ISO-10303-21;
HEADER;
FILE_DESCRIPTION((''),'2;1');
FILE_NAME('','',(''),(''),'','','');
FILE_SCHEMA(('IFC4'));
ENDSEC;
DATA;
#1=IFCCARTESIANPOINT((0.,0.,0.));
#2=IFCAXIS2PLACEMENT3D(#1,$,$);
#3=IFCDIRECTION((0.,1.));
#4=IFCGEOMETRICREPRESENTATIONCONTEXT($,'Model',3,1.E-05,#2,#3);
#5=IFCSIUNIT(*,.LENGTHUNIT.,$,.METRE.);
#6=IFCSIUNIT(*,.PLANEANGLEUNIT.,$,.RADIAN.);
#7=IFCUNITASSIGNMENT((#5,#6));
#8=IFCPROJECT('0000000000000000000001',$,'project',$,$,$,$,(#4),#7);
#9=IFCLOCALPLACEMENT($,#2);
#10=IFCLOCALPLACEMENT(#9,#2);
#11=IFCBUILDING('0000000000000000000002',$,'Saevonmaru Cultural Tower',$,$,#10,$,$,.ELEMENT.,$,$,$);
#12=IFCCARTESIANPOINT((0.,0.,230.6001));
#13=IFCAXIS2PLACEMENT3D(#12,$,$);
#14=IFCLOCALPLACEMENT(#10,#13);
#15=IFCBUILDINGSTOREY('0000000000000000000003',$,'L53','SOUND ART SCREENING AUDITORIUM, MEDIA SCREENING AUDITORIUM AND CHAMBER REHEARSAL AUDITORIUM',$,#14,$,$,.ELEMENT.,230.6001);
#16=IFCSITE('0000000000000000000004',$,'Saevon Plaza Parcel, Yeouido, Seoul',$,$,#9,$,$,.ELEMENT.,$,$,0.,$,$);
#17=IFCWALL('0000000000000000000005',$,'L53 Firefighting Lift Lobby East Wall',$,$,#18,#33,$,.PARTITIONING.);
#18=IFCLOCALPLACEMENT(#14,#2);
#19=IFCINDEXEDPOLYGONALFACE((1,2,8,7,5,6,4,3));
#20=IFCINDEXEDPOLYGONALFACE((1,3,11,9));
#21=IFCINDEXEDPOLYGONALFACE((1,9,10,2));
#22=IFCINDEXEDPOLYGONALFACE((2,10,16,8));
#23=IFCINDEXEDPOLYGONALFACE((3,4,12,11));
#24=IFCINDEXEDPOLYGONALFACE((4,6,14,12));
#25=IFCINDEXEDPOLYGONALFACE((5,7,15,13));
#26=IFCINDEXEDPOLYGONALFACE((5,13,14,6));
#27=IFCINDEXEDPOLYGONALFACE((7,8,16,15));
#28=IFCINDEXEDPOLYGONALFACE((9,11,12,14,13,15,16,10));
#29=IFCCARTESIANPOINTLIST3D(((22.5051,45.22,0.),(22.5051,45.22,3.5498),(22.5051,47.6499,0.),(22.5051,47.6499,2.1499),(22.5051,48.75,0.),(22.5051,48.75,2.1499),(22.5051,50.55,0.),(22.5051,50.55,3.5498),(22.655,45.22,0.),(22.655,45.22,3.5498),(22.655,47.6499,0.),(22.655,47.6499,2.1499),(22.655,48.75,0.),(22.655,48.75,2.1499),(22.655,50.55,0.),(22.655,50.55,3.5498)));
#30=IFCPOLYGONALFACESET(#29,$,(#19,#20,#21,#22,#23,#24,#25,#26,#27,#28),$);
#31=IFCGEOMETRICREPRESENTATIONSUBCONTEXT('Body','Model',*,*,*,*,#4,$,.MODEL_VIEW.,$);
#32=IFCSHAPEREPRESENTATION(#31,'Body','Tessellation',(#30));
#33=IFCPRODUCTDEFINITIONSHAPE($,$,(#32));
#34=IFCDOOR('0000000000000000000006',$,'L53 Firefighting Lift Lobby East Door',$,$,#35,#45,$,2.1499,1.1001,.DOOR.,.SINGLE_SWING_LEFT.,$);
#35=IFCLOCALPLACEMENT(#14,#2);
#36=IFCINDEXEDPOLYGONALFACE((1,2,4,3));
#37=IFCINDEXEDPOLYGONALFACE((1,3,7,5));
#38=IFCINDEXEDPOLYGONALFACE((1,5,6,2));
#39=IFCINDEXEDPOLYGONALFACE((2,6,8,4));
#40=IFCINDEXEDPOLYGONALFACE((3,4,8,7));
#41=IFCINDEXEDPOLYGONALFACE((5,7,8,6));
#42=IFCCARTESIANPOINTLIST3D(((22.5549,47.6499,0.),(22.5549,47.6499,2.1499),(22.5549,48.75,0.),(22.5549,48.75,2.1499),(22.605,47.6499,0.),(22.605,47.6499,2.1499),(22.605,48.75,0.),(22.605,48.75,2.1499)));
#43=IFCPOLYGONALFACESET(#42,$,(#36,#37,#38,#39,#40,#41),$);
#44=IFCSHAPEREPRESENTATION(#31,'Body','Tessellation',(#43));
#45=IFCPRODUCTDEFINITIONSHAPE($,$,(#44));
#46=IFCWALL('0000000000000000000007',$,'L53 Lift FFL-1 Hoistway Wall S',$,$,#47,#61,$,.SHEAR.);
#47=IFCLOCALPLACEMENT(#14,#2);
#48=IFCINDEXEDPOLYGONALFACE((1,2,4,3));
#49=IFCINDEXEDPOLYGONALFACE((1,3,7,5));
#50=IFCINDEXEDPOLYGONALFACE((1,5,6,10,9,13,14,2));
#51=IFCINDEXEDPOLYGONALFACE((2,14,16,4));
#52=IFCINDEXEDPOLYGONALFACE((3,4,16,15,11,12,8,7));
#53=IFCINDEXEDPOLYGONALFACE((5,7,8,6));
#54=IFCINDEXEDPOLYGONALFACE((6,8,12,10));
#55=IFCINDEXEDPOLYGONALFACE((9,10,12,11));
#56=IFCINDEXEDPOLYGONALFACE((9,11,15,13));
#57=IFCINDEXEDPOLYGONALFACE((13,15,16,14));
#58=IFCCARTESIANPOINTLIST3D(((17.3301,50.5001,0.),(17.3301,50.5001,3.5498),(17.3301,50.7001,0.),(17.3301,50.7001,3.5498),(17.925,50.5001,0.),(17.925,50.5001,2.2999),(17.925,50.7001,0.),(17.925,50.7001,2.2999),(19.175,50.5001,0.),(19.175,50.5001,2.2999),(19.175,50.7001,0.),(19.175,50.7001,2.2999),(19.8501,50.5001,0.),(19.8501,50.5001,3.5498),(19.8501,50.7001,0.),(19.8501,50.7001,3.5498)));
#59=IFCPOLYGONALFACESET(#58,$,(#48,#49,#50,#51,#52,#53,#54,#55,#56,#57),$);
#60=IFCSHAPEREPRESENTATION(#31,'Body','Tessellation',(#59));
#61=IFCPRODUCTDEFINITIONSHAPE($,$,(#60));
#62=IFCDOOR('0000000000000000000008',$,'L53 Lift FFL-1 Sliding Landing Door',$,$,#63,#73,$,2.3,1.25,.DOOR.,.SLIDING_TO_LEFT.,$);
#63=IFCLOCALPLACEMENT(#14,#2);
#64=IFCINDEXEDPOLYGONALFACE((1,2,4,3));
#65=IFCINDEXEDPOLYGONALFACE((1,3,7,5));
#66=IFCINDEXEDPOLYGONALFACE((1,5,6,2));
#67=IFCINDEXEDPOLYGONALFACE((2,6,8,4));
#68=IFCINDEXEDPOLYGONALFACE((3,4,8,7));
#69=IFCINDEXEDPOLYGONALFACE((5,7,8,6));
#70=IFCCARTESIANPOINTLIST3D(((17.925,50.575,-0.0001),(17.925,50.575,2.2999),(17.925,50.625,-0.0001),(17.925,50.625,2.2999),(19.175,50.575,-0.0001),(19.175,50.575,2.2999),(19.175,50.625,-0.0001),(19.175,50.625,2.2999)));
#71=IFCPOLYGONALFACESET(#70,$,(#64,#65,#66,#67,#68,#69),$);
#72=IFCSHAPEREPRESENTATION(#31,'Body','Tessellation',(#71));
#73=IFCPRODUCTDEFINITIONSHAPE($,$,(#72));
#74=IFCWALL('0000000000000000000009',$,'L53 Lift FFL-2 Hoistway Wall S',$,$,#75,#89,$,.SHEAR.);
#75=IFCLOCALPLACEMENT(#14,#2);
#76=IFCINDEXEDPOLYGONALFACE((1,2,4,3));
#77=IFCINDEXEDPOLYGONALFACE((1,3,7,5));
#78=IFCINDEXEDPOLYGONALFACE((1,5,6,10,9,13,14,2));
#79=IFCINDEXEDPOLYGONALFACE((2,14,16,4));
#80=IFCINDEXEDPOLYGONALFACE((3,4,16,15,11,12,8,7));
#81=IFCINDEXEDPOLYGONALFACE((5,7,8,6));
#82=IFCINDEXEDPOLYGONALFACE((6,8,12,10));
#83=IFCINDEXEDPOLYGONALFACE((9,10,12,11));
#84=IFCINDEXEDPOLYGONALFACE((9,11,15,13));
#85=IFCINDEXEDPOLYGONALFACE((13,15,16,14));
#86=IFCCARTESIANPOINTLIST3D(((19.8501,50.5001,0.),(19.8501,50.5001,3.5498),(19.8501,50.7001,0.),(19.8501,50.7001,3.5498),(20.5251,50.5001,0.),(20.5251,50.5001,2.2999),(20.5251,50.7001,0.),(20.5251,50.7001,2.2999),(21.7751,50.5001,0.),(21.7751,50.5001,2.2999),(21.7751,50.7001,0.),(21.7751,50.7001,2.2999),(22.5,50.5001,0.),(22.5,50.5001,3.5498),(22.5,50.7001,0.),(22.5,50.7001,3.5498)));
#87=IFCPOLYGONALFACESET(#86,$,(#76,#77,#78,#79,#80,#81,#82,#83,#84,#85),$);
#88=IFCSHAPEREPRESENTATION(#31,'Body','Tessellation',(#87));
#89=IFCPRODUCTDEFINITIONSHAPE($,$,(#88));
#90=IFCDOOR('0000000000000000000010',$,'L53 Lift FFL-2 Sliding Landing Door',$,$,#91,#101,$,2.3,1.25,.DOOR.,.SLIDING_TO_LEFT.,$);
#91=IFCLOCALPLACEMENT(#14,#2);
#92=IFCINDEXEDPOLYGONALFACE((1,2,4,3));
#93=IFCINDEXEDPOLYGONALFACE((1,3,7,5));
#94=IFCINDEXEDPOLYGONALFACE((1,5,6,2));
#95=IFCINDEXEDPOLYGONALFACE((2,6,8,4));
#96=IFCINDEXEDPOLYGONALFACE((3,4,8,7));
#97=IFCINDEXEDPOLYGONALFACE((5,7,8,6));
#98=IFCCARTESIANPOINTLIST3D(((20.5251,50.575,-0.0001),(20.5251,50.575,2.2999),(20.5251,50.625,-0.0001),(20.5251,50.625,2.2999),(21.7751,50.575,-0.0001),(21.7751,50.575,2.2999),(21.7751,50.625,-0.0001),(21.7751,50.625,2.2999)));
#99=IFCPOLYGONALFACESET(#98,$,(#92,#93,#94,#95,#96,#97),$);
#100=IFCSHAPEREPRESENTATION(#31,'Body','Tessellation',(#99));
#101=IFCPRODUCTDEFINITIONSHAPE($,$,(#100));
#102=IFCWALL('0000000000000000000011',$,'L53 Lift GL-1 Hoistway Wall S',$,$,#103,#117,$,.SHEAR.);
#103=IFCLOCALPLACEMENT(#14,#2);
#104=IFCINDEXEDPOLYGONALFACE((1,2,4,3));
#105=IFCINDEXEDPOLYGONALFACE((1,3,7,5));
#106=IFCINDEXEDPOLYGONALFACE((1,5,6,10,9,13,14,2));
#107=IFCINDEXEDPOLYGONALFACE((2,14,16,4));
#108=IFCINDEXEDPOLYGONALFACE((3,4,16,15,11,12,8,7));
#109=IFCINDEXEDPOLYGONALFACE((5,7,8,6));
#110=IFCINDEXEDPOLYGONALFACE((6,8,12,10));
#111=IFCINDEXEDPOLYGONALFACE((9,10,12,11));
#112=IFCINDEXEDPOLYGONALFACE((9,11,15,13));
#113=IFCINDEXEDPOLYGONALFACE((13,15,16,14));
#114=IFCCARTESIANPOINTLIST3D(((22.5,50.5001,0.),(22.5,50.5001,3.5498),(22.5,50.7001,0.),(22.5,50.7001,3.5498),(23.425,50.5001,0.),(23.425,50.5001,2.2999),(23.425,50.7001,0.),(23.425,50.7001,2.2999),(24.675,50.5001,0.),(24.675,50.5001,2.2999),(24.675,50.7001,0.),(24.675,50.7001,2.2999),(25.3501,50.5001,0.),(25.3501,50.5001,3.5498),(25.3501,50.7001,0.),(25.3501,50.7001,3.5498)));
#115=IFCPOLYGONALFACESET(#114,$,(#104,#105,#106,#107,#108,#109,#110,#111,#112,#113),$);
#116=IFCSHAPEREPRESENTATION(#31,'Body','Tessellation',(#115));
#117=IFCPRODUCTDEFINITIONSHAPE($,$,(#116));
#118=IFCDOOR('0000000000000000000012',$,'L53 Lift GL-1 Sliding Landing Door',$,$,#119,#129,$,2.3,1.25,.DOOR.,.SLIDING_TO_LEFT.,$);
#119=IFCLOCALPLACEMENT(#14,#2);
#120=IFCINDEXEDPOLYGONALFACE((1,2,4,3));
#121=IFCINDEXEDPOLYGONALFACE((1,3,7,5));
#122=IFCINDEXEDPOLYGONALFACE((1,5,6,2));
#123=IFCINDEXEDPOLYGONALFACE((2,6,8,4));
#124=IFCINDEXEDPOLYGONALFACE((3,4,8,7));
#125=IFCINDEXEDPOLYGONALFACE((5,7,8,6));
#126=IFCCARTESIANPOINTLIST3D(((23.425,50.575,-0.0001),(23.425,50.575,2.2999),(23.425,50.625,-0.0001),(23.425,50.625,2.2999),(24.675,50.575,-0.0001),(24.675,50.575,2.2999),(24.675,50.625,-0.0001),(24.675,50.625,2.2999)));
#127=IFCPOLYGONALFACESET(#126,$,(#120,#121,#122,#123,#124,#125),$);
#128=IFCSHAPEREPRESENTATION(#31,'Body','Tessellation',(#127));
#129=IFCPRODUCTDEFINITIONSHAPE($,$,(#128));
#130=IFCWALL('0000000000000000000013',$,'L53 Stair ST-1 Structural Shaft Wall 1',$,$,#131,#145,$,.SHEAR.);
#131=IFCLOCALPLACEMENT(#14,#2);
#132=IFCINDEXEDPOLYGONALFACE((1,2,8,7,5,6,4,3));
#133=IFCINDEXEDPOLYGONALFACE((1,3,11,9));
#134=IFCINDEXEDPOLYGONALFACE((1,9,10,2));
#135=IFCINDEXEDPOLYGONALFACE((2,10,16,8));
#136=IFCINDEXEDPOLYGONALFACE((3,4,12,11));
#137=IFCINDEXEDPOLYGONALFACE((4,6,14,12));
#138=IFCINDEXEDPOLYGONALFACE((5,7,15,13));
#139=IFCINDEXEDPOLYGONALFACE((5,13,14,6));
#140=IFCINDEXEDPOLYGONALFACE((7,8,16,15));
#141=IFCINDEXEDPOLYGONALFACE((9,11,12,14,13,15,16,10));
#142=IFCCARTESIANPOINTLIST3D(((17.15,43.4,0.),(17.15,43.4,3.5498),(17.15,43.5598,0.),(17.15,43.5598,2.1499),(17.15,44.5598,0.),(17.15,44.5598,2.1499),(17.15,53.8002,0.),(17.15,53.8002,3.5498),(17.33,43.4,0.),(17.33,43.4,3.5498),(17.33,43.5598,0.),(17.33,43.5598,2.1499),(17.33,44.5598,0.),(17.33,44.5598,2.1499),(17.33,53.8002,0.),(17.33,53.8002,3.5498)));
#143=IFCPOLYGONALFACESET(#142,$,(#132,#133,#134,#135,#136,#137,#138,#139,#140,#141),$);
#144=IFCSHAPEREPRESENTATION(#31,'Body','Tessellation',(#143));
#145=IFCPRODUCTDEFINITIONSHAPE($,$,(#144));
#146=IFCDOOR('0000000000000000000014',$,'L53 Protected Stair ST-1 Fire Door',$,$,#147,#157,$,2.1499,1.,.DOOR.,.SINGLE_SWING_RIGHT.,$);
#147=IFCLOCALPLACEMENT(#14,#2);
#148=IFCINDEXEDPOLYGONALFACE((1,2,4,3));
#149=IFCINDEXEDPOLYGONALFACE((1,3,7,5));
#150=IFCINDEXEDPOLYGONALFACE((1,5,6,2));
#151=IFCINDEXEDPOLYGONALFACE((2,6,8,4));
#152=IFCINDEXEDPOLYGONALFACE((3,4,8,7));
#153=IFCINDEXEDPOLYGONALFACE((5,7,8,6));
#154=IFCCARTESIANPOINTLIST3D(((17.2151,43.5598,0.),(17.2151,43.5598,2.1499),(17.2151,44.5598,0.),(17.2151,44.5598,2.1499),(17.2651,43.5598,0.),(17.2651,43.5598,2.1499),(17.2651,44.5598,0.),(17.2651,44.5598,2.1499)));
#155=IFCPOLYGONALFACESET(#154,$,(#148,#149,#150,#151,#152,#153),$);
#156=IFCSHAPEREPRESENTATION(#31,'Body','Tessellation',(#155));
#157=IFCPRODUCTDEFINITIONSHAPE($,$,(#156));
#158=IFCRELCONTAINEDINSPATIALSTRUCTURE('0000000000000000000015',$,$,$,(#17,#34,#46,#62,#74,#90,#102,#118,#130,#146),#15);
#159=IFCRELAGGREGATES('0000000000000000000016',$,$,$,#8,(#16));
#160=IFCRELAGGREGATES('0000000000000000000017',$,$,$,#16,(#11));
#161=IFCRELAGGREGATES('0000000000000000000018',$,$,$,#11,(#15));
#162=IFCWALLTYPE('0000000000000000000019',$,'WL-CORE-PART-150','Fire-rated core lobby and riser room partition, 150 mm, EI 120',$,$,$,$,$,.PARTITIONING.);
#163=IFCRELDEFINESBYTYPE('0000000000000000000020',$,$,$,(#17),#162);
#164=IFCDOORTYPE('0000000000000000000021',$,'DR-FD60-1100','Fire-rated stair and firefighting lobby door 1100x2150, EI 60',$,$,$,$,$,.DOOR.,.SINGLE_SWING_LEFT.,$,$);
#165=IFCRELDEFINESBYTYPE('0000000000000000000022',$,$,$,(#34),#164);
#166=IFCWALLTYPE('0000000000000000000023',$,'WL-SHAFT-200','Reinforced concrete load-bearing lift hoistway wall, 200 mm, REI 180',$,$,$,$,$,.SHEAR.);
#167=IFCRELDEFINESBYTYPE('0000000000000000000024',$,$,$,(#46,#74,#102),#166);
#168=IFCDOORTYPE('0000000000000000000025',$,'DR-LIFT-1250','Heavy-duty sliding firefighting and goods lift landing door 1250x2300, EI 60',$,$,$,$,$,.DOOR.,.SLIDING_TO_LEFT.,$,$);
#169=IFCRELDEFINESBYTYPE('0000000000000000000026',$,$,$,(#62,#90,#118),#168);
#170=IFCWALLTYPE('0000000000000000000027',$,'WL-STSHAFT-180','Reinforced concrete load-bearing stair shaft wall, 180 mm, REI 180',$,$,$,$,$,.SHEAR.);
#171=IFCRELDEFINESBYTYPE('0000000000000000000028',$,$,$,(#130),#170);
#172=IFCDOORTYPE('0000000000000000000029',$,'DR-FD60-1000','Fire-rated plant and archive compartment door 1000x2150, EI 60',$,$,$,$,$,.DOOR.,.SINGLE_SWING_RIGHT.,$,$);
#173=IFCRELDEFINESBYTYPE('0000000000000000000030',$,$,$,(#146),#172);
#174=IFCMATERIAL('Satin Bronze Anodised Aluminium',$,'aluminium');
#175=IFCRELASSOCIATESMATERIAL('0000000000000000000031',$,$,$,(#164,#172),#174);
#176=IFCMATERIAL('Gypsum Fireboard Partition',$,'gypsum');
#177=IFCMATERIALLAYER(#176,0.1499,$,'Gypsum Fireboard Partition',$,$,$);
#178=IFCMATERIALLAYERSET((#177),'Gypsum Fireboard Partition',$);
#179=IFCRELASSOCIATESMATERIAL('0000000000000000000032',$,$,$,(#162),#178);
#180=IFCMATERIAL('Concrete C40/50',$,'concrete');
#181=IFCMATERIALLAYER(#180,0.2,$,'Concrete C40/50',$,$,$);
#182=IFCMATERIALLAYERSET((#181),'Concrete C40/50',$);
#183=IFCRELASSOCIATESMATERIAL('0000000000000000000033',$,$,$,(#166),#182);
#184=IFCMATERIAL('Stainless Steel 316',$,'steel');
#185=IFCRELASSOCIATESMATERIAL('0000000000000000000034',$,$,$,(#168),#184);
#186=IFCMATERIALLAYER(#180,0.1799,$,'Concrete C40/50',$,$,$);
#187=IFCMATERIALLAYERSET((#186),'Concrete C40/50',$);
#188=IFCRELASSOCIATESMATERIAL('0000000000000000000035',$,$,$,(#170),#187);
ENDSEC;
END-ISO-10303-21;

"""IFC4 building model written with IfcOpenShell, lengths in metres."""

from ifc_helpers import new_model, si_unit, direction, frame, frame_2d, origin, place, context, subcontext, project, spatial, rectangle, extrude, material, layer, layer_set, type_object, element, fill, save


model = new_model("IFC4")

# Units and contexts
model_context = context("Model", 3, precision=1e-05, world=origin(), true_north=direction((0.0, 1.0)))
body_context = subcontext(model_context, "Body", "Model", "MODEL_VIEW")
ifc_project = project(units=[si_unit("LENGTHUNIT", "METRE"), si_unit("PLANEANGLEUNIT", "RADIAN")], contexts=[model_context])

# Site, building, storey
site_placement = place(None, origin())
site = spatial("IfcSite", under=ifc_project, at=site_placement, Name="Saevon Plaza Parcel, Yeouido, Seoul", CompositionType="ELEMENT", RefElevation=0.0)
building_placement = place(site_placement, origin())
building = spatial("IfcBuilding", under=site, at=building_placement, Name="Saevonmaru Cultural Tower", CompositionType="ELEMENT")
storey_placement = place(building_placement, frame((0.0, 0.0, 230.6001)))
storey = spatial("IfcBuildingStorey", under=building, at=storey_placement, Name="L53", Description="SOUND ART SCREENING AUDITORIUM, MEDIA SCREENING AUDITORIUM AND CHAMBER REHEARSAL AUDITORIUM", CompositionType="ELEMENT", Elevation=230.6001)

# Shared definitions
ifc_material_1 = material(Name="Satin Bronze Anodised Aluminium", Category="aluminium")
door_type_1 = type_object("IfcDoorType", Name="DR-FD60-1100", Description="Fire-rated stair and firefighting lobby door 1100x2150, EI 60", OperationType="SINGLE_SWING_LEFT", PredefinedType="DOOR", material=ifc_material_1)

# Walls, openings, doors
ifc_material_2 = material(Name="Gypsum Fireboard Partition", Category="gypsum")
ifc_layer_1 = layer(ifc_material_2, 0.1499, Name="Gypsum Fireboard Partition")
ifc_layer_set_1 = layer_set([ifc_layer_1], Name="Gypsum Fireboard Partition")
wall_type_1 = type_object("IfcWallType", Name="WL-CORE-PART-150", Description="Fire-rated core lobby and riser room partition, 150 mm, EI 120", PredefinedType="PARTITIONING", material=ifc_layer_set_1)
wall_1_placement = place(storey_placement, frame((22.5801, 50.55, 0.0), z_axis=(0.0, 0.0, 1.0), x_axis=(0.0, -1.0, 0.0)))
wall_1 = element("IfcWall", 1, at=wall_1_placement, inside=storey, type_object=wall_type_1, Name="L53 Firefighting Lift Lobby East Wall", PredefinedType="PARTITIONING", context=body_context, shape_type="SweptSolid", body=[
    extrude(rectangle(XDim=5.3301, YDim=0.1499, at=frame_2d((2.665, 0.0))), origin(), (0.0, 0.0, 1.0), 3.5498),
])
opening_1_placement = place(wall_1_placement, frame((1.8, 0.0, 0.0)))
opening_1 = element("IfcOpeningElement", 2, at=opening_1_placement, cuts=wall_1, PredefinedType="OPENING", context=body_context, shape_type="SweptSolid", body=[
    extrude(rectangle(XDim=1.1001, YDim=2.1499, at=frame_2d((0.55, 1.075))), frame((0.0, 0.085, 0.0), z_axis=(0.0, -1.0, 0.0), x_axis=(1.0, 0.0, 0.0)), (0.0, 0.0, 1.0), 0.1699),
])
door_1_placement = place(opening_1_placement, origin())
door_1 = element("IfcDoor", 3, at=door_1_placement, inside=storey, type_object=door_type_1, Name="L53 Firefighting Lift Lobby East Door", OperationType="SINGLE_SWING_LEFT", OverallHeight=2.1499, OverallWidth=1.1001, PredefinedType="DOOR", context=body_context, shape_type="SweptSolid", body=[
    extrude(rectangle(XDim=1.1001, YDim=2.1499, at=frame_2d((0.55, 1.075))), frame((0.0, 0.0249, 0.0), z_axis=(0.0, -1.0, 0.0), x_axis=(1.0, 0.0, 0.0)), (0.0, 0.0, 1.0), 0.05),
])
fill(opening_1, door_1)
ifc_material_3 = material(Name="Concrete C40/50", Category="concrete")
ifc_layer_2 = layer(ifc_material_3, 0.2, Name="Concrete C40/50")
ifc_layer_set_2 = layer_set([ifc_layer_2], Name="Concrete C40/50")
wall_type_2 = type_object("IfcWallType", Name="WL-SHAFT-200", Description="Reinforced concrete load-bearing lift hoistway wall, 200 mm, REI 180", PredefinedType="SHEAR", material=ifc_layer_set_2)
wall_2_placement = place(storey_placement, frame((17.3301, 50.6001, 0.0), z_axis=(0.0, 0.0, 1.0), x_axis=(1.0, 0.0, 0.0)))
wall_2 = element("IfcWall", 4, at=wall_2_placement, inside=storey, type_object=wall_type_2, Name="L53 Lift FFL-1 Hoistway Wall S", PredefinedType="SHEAR", context=body_context, shape_type="SweptSolid", body=[
    extrude(rectangle(XDim=2.52, YDim=0.2, at=frame_2d((1.26, 0.0))), origin(), (0.0, 0.0, 1.0), 3.5498),
])
opening_2_placement = place(wall_2_placement, frame((0.595, 0.0, 0.0)))
opening_2 = element("IfcOpeningElement", 5, at=opening_2_placement, cuts=wall_2, PredefinedType="OPENING", context=body_context, shape_type="SweptSolid", body=[
    extrude(rectangle(XDim=1.25, YDim=2.3, at=frame_2d((0.625, 1.1499))), frame((0.0, 0.1099, 0.0), z_axis=(0.0, -1.0, 0.0), x_axis=(1.0, 0.0, 0.0)), (0.0, 0.0, 1.0), 0.22),
])
ifc_material_4 = material(Name="Stainless Steel 316", Category="steel")
door_type_2 = type_object("IfcDoorType", Name="DR-LIFT-1250", Description="Heavy-duty sliding firefighting and goods lift landing door 1250x2300, EI 60", OperationType="SLIDING_TO_LEFT", PredefinedType="DOOR", material=ifc_material_4)
door_2_placement = place(opening_2_placement, origin())
door_2 = element("IfcDoor", 6, at=door_2_placement, inside=storey, type_object=door_type_2, Name="L53 Lift FFL-1 Sliding Landing Door", OperationType="SLIDING_TO_LEFT", OverallHeight=2.3, OverallWidth=1.25, PredefinedType="DOOR", context=body_context, shape_type="SweptSolid", body=[
    extrude(rectangle(XDim=1.25, YDim=2.3, at=frame_2d((0.625, 1.1499))), frame((0.0, 0.0249, 0.0), z_axis=(0.0, -1.0, 0.0), x_axis=(1.0, 0.0, 0.0)), (0.0, 0.0, 1.0), 0.05),
])
fill(opening_2, door_2)
wall_3_placement = place(storey_placement, frame((19.8501, 50.6001, 0.0), z_axis=(0.0, 0.0, 1.0), x_axis=(1.0, 0.0, 0.0)))
wall_3 = element("IfcWall", 7, at=wall_3_placement, inside=storey, type_object=wall_type_2, Name="L53 Lift FFL-2 Hoistway Wall S", PredefinedType="SHEAR", context=body_context, shape_type="SweptSolid", body=[
    extrude(rectangle(XDim=2.6499, YDim=0.2, at=frame_2d((1.325, 0.0))), origin(), (0.0, 0.0, 1.0), 3.5498),
])
opening_3_placement = place(wall_3_placement, frame((0.675, 0.0, 0.0)))
opening_3 = element("IfcOpeningElement", 8, at=opening_3_placement, cuts=wall_3, PredefinedType="OPENING", context=body_context, shape_type="SweptSolid", body=[
    extrude(rectangle(XDim=1.25, YDim=2.3, at=frame_2d((0.625, 1.1499))), frame((0.0, 0.1099, 0.0), z_axis=(0.0, -1.0, 0.0), x_axis=(1.0, 0.0, 0.0)), (0.0, 0.0, 1.0), 0.22),
])
door_3_placement = place(opening_3_placement, origin())
door_3 = element("IfcDoor", 9, at=door_3_placement, inside=storey, type_object=door_type_2, Name="L53 Lift FFL-2 Sliding Landing Door", OperationType="SLIDING_TO_LEFT", OverallHeight=2.3, OverallWidth=1.25, PredefinedType="DOOR", context=body_context, shape_type="SweptSolid", body=[
    extrude(rectangle(XDim=1.25, YDim=2.3, at=frame_2d((0.625, 1.1499))), frame((0.0, 0.0249, 0.0), z_axis=(0.0, -1.0, 0.0), x_axis=(1.0, 0.0, 0.0)), (0.0, 0.0, 1.0), 0.05),
])
fill(opening_3, door_3)
wall_4_placement = place(storey_placement, frame((22.5, 50.6001, 0.0), z_axis=(0.0, 0.0, 1.0), x_axis=(1.0, 0.0, 0.0)))
wall_4 = element("IfcWall", 10, at=wall_4_placement, inside=storey, type_object=wall_type_2, Name="L53 Lift GL-1 Hoistway Wall S", PredefinedType="SHEAR", context=body_context, shape_type="SweptSolid", body=[
    extrude(rectangle(XDim=2.8501, YDim=0.2, at=frame_2d((1.425, 0.0))), origin(), (0.0, 0.0, 1.0), 3.5498),
])
opening_4_placement = place(wall_4_placement, frame((0.925, 0.0, 0.0)))
opening_4 = element("IfcOpeningElement", 11, at=opening_4_placement, cuts=wall_4, PredefinedType="OPENING", context=body_context, shape_type="SweptSolid", body=[
    extrude(rectangle(XDim=1.25, YDim=2.3, at=frame_2d((0.625, 1.1499))), frame((0.0, 0.1099, 0.0), z_axis=(0.0, -1.0, 0.0), x_axis=(1.0, 0.0, 0.0)), (0.0, 0.0, 1.0), 0.22),
])
door_4_placement = place(opening_4_placement, origin())
door_4 = element("IfcDoor", 12, at=door_4_placement, inside=storey, type_object=door_type_2, Name="L53 Lift GL-1 Sliding Landing Door", OperationType="SLIDING_TO_LEFT", OverallHeight=2.3, OverallWidth=1.25, PredefinedType="DOOR", context=body_context, shape_type="SweptSolid", body=[
    extrude(rectangle(XDim=1.25, YDim=2.3, at=frame_2d((0.625, 1.1499))), frame((0.0, 0.0249, 0.0), z_axis=(0.0, -1.0, 0.0), x_axis=(1.0, 0.0, 0.0)), (0.0, 0.0, 1.0), 0.05),
])
fill(opening_4, door_4)
ifc_layer_3 = layer(ifc_material_3, 0.1799, Name="Concrete C40/50")
ifc_layer_set_3 = layer_set([ifc_layer_3], Name="Concrete C40/50")
wall_type_3 = type_object("IfcWallType", Name="WL-STSHAFT-180", Description="Reinforced concrete load-bearing stair shaft wall, 180 mm, REI 180", PredefinedType="SHEAR", material=ifc_layer_set_3)
wall_5_placement = place(storey_placement, frame((17.24, 43.3999, 0.0), z_axis=(0.0, 0.0, 1.0), x_axis=(0.0, 1.0, 0.0)))
wall_5 = element("IfcWall", 13, at=wall_5_placement, inside=storey, type_object=wall_type_3, Name="L53 Stair ST-1 Structural Shaft Wall 1", PredefinedType="SHEAR", context=body_context, shape_type="SweptSolid", body=[
    extrude(rectangle(XDim=10.4001, YDim=0.1799, at=frame_2d((5.2002, 0.0))), origin(), (0.0, 0.0, 1.0), 3.5498),
])
opening_5_placement = place(wall_5_placement, frame((0.1599, 0.0, 0.0)))
opening_5 = element("IfcOpeningElement", 14, at=opening_5_placement, cuts=wall_5, PredefinedType="OPENING", context=body_context, shape_type="SweptSolid", body=[
    extrude(rectangle(XDim=1.0, YDim=2.1499, at=frame_2d((0.5, 1.075))), frame((0.0, 0.1001, 0.0), z_axis=(0.0, -1.0, 0.0), x_axis=(1.0, 0.0, 0.0)), (0.0, 0.0, 1.0), 0.2),
])
door_type_3 = type_object("IfcDoorType", Name="DR-FD60-1000", Description="Fire-rated plant and archive compartment door 1000x2150, EI 60", OperationType="SINGLE_SWING_RIGHT", PredefinedType="DOOR", material=ifc_material_1)
door_5_placement = place(opening_5_placement, origin())
door_5 = element("IfcDoor", 15, at=door_5_placement, inside=storey, type_object=door_type_3, Name="L53 Protected Stair ST-1 Fire Door", OperationType="SINGLE_SWING_RIGHT", OverallHeight=2.1499, OverallWidth=1.0, PredefinedType="DOOR", context=body_context, shape_type="SweptSolid", body=[
    extrude(rectangle(XDim=1.0, YDim=2.1499, at=frame_2d((0.5, 1.075))), frame((0.0, 0.0249, 0.0), z_axis=(0.0, -1.0, 0.0), x_axis=(1.0, 0.0, 0.0)), (0.0, 0.0, 1.0), 0.05),
])
fill(opening_5, door_5)

save(model, "model.ifc")
